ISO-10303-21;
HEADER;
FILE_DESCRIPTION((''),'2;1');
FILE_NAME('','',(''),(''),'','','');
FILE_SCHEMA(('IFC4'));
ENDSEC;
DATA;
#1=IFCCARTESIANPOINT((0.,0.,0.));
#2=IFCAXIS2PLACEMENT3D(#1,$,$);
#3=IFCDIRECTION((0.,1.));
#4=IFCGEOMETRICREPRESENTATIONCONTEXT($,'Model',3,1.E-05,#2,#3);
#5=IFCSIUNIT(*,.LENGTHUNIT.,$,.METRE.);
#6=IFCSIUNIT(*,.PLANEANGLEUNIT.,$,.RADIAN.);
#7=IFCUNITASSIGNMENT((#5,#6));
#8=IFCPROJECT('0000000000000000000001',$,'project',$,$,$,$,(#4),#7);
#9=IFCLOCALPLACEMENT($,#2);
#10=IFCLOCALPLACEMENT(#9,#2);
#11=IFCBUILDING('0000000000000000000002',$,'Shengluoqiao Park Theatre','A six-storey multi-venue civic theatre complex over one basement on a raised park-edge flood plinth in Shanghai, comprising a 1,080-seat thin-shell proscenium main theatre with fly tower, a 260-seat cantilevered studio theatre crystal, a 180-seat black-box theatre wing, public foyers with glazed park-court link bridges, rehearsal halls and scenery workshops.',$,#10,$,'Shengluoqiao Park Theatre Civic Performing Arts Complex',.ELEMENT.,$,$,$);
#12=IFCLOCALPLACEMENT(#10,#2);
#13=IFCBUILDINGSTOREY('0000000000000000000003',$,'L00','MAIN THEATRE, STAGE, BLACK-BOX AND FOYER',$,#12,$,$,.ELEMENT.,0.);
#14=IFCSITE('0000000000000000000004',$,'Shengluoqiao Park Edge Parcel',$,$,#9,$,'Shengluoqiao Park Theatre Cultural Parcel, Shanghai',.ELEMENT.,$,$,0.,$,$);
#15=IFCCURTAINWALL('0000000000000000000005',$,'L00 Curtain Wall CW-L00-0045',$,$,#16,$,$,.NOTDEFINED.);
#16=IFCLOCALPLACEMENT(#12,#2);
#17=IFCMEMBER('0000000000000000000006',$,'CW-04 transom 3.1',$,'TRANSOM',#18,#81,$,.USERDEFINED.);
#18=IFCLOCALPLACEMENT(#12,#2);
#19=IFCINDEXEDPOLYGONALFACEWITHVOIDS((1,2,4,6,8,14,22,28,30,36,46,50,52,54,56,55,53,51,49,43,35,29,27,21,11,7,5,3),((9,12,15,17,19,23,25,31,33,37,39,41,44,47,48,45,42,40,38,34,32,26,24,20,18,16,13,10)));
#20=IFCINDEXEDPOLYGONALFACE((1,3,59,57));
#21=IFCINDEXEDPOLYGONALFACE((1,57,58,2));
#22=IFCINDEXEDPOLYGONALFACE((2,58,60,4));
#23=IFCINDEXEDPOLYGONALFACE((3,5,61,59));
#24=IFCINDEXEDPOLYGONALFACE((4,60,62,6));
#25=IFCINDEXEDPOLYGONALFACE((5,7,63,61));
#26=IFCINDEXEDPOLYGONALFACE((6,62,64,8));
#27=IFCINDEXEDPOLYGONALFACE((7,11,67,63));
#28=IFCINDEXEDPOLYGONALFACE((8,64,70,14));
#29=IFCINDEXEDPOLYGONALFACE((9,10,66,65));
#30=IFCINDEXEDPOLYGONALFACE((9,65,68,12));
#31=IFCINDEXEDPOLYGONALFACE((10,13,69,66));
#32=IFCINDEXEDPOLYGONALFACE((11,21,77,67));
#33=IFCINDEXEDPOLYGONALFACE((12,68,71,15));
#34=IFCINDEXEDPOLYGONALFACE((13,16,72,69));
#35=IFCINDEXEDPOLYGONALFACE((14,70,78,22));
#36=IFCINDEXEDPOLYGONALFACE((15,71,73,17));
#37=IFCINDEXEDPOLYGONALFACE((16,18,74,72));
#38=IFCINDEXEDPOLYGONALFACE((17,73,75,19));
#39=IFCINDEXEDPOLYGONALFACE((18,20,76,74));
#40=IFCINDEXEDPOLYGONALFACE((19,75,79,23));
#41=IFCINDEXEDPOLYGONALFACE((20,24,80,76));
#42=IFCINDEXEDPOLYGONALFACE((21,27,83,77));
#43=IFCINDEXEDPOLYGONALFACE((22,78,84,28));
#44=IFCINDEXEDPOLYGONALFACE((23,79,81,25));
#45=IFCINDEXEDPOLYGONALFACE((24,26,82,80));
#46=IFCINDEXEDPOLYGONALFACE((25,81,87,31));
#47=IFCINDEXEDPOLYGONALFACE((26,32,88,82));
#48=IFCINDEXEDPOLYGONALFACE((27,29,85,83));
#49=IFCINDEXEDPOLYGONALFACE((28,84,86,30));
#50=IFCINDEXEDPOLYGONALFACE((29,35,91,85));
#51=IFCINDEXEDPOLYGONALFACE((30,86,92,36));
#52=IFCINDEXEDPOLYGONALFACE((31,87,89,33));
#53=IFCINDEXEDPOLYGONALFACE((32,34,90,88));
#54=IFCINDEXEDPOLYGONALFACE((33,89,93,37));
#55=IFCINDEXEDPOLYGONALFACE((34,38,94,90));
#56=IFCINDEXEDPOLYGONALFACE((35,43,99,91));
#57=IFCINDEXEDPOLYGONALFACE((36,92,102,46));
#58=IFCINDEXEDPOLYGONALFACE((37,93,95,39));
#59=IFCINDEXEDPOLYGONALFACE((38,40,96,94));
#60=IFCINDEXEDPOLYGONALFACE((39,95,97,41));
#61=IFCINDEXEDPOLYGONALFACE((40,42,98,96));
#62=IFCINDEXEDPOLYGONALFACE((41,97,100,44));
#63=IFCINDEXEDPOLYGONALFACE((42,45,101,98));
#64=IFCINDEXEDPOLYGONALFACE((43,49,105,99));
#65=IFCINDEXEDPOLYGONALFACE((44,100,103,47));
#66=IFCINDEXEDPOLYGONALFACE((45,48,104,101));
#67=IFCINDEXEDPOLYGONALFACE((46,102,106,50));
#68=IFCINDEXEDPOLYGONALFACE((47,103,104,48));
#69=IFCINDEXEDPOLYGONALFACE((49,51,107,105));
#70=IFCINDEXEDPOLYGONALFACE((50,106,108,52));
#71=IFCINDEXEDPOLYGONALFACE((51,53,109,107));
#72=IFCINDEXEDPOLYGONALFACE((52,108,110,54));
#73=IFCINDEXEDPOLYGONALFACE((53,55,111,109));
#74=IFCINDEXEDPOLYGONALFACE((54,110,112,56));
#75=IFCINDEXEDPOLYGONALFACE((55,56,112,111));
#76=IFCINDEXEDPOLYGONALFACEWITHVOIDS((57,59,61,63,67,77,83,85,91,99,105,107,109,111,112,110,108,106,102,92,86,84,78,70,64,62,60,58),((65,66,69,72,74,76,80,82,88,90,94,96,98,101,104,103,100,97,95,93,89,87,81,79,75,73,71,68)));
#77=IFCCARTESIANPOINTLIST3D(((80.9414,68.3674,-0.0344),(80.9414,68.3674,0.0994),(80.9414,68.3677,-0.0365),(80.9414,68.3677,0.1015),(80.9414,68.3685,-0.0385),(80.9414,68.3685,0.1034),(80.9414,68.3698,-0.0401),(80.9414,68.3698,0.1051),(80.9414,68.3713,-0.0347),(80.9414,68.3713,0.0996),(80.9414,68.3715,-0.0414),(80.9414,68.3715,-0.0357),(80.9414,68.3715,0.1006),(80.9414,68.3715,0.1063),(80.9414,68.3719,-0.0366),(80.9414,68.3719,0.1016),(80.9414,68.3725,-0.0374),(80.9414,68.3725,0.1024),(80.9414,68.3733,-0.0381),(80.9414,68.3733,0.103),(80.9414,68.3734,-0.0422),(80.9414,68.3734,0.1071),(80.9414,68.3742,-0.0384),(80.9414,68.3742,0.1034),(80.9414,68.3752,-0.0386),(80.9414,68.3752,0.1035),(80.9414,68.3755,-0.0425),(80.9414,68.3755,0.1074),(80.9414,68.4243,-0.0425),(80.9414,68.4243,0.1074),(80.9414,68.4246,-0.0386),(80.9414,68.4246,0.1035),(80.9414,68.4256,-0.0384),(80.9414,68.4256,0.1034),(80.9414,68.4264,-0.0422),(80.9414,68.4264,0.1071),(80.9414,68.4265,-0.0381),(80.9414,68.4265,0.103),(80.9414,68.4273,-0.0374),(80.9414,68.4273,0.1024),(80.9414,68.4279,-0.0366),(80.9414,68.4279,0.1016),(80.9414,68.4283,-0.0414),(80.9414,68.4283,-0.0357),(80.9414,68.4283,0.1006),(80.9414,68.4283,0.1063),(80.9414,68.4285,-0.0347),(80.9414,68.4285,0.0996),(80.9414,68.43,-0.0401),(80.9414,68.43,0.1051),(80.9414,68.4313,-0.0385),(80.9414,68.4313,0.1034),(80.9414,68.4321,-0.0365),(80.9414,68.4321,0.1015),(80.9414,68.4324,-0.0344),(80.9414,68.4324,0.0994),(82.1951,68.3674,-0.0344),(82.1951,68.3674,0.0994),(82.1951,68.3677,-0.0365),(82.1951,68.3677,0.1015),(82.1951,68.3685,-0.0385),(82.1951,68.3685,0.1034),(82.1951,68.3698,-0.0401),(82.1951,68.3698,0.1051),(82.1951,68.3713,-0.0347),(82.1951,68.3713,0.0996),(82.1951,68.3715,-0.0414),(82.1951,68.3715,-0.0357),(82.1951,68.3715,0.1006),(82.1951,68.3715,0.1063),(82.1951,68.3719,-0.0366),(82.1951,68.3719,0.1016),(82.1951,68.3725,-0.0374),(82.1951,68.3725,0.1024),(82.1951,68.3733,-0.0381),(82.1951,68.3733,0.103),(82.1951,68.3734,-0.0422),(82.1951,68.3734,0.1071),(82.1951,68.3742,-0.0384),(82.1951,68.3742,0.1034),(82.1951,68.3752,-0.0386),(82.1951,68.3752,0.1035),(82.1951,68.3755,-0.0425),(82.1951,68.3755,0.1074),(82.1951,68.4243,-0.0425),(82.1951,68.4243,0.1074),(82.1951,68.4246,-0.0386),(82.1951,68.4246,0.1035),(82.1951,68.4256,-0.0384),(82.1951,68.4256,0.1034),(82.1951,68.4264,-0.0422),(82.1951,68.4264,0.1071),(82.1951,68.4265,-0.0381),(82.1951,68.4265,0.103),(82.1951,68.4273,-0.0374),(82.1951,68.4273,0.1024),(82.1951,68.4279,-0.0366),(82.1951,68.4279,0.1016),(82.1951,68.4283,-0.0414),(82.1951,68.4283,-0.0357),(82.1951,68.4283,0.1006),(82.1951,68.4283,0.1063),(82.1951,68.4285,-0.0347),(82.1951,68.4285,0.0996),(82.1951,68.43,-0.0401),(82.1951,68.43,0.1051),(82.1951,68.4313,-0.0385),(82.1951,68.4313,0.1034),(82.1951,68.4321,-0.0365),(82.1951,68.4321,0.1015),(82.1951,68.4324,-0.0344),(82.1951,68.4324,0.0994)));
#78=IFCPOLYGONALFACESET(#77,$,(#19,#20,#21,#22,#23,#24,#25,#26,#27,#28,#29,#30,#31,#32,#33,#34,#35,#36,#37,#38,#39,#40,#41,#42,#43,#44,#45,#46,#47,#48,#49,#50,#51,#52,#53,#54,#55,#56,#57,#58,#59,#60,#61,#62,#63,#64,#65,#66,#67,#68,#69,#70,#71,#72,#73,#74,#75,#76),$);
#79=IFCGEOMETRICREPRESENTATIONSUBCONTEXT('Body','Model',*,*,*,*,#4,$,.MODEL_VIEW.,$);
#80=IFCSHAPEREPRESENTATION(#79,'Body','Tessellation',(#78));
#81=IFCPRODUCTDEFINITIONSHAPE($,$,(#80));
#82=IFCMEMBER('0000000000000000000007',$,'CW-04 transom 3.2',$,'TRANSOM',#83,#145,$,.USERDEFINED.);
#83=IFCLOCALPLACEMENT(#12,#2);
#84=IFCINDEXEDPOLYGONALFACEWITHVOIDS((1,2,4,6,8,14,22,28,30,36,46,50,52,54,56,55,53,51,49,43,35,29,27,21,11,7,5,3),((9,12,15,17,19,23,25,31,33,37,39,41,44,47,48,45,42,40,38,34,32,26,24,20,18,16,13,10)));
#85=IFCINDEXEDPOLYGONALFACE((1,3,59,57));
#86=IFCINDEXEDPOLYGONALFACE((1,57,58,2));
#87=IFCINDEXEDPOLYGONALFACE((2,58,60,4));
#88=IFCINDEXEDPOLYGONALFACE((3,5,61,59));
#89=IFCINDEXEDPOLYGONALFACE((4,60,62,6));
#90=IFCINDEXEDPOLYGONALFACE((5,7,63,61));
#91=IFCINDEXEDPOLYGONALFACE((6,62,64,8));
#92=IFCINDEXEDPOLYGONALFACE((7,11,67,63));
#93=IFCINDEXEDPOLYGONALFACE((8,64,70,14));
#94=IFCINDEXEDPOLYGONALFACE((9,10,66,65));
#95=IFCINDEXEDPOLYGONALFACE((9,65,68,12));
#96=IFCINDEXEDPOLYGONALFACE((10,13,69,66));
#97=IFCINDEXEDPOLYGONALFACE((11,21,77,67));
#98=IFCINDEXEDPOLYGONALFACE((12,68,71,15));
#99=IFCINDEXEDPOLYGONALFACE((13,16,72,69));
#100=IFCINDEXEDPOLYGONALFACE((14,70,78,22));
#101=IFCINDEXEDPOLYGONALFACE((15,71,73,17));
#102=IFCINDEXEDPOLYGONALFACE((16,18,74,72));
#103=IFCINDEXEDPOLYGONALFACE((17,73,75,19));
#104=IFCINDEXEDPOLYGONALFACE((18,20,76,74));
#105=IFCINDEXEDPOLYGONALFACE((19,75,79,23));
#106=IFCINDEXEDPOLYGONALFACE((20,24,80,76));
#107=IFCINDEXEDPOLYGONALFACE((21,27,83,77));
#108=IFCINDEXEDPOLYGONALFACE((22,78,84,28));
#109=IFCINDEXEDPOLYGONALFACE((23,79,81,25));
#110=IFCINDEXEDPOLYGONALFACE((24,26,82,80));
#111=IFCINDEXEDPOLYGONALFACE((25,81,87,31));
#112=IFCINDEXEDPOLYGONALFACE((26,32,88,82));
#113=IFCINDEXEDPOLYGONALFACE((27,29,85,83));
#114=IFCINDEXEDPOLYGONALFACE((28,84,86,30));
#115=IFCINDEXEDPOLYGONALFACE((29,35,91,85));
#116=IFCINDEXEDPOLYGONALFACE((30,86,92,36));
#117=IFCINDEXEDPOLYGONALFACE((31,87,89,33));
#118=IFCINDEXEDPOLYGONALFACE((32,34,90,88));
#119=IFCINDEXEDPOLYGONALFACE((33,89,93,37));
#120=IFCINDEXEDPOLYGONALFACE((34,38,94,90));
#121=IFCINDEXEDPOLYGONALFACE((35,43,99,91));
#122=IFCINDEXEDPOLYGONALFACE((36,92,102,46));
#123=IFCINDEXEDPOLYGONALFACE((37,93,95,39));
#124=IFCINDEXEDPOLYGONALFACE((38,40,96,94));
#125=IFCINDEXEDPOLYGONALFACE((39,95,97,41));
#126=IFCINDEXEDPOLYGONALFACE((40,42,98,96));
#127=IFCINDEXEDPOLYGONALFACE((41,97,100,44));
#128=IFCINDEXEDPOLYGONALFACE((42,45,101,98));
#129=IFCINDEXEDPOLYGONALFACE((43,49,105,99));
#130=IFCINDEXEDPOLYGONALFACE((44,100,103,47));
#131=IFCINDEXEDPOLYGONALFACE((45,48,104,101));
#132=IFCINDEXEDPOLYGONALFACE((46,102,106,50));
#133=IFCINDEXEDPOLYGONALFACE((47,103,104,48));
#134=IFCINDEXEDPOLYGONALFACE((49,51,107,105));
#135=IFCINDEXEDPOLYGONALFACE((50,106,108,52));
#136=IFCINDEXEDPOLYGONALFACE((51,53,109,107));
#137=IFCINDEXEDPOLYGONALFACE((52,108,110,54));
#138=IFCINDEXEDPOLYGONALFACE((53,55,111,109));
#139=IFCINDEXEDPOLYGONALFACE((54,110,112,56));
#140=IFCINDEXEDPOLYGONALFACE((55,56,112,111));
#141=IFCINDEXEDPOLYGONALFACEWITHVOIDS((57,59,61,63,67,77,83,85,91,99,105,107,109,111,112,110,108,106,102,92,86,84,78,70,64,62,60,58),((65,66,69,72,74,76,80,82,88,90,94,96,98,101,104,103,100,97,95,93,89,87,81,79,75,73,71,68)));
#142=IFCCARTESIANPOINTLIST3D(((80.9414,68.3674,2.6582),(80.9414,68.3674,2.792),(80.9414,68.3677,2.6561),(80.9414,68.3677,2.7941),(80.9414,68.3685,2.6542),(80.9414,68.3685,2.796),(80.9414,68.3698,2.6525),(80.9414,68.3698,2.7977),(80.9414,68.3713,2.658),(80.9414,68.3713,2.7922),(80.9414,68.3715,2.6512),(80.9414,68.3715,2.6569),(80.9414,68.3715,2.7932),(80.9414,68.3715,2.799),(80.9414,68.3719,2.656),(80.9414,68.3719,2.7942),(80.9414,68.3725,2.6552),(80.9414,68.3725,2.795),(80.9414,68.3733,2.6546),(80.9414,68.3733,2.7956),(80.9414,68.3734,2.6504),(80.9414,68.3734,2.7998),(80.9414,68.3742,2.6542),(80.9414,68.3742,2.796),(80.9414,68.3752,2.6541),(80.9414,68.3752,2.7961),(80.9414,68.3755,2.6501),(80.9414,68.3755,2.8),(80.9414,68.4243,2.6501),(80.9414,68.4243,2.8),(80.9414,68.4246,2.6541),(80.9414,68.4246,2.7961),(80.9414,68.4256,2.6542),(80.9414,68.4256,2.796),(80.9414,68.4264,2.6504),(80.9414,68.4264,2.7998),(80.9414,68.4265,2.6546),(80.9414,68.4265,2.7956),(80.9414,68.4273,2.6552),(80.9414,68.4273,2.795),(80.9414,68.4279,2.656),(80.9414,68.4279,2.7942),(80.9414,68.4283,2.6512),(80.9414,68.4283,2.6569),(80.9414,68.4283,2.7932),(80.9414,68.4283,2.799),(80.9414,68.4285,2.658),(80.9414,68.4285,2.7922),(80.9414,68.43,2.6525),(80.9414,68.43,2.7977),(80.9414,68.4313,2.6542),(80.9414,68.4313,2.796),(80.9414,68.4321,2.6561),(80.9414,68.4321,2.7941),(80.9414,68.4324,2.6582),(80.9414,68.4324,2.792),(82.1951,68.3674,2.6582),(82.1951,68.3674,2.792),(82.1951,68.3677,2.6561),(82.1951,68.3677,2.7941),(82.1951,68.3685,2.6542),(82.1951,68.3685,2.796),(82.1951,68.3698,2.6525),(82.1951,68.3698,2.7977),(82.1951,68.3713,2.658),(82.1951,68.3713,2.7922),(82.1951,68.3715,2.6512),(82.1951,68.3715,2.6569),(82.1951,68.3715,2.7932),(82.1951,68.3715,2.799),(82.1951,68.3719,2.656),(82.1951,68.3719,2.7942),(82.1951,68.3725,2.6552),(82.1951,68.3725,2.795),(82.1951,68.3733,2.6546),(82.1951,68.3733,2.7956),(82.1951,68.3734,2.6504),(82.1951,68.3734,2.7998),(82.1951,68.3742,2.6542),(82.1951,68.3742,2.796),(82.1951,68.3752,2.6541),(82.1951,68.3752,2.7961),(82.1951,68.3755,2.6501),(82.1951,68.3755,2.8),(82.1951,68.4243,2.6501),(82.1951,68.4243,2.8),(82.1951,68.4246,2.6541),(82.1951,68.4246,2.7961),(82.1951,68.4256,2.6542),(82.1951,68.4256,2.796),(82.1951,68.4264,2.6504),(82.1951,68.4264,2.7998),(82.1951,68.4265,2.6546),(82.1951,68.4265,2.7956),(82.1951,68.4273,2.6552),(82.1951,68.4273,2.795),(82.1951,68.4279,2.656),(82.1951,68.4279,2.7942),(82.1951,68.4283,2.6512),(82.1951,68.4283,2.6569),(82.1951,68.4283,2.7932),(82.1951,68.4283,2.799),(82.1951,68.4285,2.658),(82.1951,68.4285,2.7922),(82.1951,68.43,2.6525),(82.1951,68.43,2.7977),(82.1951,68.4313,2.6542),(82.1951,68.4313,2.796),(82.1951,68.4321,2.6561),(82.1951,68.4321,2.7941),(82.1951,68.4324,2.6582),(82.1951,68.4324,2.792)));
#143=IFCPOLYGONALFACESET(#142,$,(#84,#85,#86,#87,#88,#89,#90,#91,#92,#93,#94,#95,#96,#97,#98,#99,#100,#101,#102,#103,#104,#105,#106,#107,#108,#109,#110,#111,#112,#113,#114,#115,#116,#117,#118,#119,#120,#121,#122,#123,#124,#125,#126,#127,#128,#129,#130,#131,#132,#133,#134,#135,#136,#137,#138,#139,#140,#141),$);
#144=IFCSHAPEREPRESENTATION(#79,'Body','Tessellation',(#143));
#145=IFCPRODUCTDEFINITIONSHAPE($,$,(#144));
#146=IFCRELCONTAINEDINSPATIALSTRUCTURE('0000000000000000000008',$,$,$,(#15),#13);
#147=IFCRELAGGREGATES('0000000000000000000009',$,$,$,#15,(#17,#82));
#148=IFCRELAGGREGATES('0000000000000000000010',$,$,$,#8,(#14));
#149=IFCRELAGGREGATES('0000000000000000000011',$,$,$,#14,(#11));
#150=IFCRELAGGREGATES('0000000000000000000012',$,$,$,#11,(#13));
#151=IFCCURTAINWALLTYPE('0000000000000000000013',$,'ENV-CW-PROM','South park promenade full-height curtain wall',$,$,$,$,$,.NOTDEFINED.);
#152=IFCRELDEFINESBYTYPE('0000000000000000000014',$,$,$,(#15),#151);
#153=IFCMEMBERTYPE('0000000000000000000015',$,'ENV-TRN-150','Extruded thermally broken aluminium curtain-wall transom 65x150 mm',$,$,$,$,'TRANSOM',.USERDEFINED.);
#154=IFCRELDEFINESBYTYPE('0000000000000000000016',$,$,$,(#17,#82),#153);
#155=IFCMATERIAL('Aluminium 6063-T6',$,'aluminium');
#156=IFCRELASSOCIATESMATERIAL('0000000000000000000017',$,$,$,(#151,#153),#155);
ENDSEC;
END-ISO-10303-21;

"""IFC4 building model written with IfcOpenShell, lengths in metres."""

from ifc_helpers import new_model, si_unit, direction, frame, origin, origin_2d, place, context, subcontext, project, spatial, hollow_rectangle, extrude, material, material_profile, profile_set, type_object, element, aggregate, save


model = new_model("IFC4")

# Units and contexts
model_context = context("Model", 3, precision=1e-05, world=origin(), true_north=direction((0.0, 1.0)))
body_context = subcontext(model_context, "Body", "Model", "MODEL_VIEW")
ifc_project = project(units=[si_unit("LENGTHUNIT", "METRE"), si_unit("PLANEANGLEUNIT", "RADIAN")], contexts=[model_context])

# Site, building, storey
site_placement = place(None, origin())
site = spatial("IfcSite", under=ifc_project, at=site_placement, Name="Shengluoqiao Park Edge Parcel", LongName="Shengluoqiao Park Theatre Cultural Parcel, Shanghai", CompositionType="ELEMENT", RefElevation=0.0)
building_placement = place(site_placement, origin())
building = spatial("IfcBuilding", under=site, at=building_placement, Name="Shengluoqiao Park Theatre", Description="A six-storey multi-venue civic theatre complex over one basement on a raised park-edge flood plinth in Shanghai, comprising a 1,080-seat thin-shell proscenium main theatre with fly tower, a 260-seat cantilevered studio theatre crystal, a 180-seat black-box theatre wing, public foyers with glazed park-court link bridges, rehearsal halls and scenery workshops.", LongName="Shengluoqiao Park Theatre Civic Performing Arts Complex", CompositionType="ELEMENT")
storey_placement = place(building_placement, origin())
storey = spatial("IfcBuildingStorey", under=building, at=storey_placement, Name="L00", Description="MAIN THEATRE, STAGE, BLACK-BOX AND FOYER", CompositionType="ELEMENT", Elevation=0.0)

# Curtain wall, members
ifc_material_1 = material(Name="Aluminium 6063-T6", Category="aluminium")
curtain_wall_type = type_object("IfcCurtainWallType", Name="ENV-CW-PROM", Description="South park promenade full-height curtain wall", PredefinedType="NOTDEFINED", material=ifc_material_1)
curtain_wall_placement = place(storey_placement, origin())
curtain_wall = element("IfcCurtainWall", 1, at=curtain_wall_placement, inside=storey, type_object=curtain_wall_type, Name="L00 Curtain Wall CW-L00-0045", PredefinedType="NOTDEFINED")
ifc_material_profile_1 = material_profile(ifc_material_1, hollow_rectangle(XDim=0.0649, YDim=0.1499, WallThickness=0.0039, InnerFilletRadius=0.0039, OuterFilletRadius=0.0081, at=origin_2d()), Name="ALU TRANSOM 150x65x4")
ifc_profile_set_1 = profile_set([ifc_material_profile_1], Name="Aluminium 6063-T6")
member_type_1 = type_object("IfcMemberType", Name="ENV-TRN-150", Description="Extruded thermally broken aluminium curtain-wall transom 65x150 mm", ElementType="TRANSOM", PredefinedType="USERDEFINED", material=ifc_profile_set_1)
member_1_placement = place(storey_placement, frame((80.9414, 68.3999, 0.0325), z_axis=(1.0, 0.0, 0.0), x_axis=(0.0, 1.0, 0.0)))
member_1 = element("IfcMember", 2, at=member_1_placement, type_object=member_type_1, Name="CW-04 transom 3.1", ObjectType="TRANSOM", PredefinedType="USERDEFINED", context=body_context, shape_type="SweptSolid", body=[
    extrude(hollow_rectangle(XDim=0.0649, YDim=0.1499, WallThickness=0.0039, InnerFilletRadius=0.0039, OuterFilletRadius=0.0081, at=origin_2d()), origin(), (0.0, 0.0, 1.0), 1.2537),
])
member_2_placement = place(storey_placement, frame((80.9414, 68.3999, 2.7251), z_axis=(1.0, 0.0, 0.0), x_axis=(0.0, 1.0, 0.0)))
member_2 = element("IfcMember", 3, at=member_2_placement, type_object=member_type_1, Name="CW-04 transom 3.2", ObjectType="TRANSOM", PredefinedType="USERDEFINED", context=body_context, shape_type="SweptSolid", body=[
    extrude(hollow_rectangle(XDim=0.0649, YDim=0.1499, WallThickness=0.0039, InnerFilletRadius=0.0039, OuterFilletRadius=0.0081, at=origin_2d()), origin(), (0.0, 0.0, 1.0), 1.2537),
])
aggregate(curtain_wall, [member_1, member_2])

save(model, "model.ifc")
